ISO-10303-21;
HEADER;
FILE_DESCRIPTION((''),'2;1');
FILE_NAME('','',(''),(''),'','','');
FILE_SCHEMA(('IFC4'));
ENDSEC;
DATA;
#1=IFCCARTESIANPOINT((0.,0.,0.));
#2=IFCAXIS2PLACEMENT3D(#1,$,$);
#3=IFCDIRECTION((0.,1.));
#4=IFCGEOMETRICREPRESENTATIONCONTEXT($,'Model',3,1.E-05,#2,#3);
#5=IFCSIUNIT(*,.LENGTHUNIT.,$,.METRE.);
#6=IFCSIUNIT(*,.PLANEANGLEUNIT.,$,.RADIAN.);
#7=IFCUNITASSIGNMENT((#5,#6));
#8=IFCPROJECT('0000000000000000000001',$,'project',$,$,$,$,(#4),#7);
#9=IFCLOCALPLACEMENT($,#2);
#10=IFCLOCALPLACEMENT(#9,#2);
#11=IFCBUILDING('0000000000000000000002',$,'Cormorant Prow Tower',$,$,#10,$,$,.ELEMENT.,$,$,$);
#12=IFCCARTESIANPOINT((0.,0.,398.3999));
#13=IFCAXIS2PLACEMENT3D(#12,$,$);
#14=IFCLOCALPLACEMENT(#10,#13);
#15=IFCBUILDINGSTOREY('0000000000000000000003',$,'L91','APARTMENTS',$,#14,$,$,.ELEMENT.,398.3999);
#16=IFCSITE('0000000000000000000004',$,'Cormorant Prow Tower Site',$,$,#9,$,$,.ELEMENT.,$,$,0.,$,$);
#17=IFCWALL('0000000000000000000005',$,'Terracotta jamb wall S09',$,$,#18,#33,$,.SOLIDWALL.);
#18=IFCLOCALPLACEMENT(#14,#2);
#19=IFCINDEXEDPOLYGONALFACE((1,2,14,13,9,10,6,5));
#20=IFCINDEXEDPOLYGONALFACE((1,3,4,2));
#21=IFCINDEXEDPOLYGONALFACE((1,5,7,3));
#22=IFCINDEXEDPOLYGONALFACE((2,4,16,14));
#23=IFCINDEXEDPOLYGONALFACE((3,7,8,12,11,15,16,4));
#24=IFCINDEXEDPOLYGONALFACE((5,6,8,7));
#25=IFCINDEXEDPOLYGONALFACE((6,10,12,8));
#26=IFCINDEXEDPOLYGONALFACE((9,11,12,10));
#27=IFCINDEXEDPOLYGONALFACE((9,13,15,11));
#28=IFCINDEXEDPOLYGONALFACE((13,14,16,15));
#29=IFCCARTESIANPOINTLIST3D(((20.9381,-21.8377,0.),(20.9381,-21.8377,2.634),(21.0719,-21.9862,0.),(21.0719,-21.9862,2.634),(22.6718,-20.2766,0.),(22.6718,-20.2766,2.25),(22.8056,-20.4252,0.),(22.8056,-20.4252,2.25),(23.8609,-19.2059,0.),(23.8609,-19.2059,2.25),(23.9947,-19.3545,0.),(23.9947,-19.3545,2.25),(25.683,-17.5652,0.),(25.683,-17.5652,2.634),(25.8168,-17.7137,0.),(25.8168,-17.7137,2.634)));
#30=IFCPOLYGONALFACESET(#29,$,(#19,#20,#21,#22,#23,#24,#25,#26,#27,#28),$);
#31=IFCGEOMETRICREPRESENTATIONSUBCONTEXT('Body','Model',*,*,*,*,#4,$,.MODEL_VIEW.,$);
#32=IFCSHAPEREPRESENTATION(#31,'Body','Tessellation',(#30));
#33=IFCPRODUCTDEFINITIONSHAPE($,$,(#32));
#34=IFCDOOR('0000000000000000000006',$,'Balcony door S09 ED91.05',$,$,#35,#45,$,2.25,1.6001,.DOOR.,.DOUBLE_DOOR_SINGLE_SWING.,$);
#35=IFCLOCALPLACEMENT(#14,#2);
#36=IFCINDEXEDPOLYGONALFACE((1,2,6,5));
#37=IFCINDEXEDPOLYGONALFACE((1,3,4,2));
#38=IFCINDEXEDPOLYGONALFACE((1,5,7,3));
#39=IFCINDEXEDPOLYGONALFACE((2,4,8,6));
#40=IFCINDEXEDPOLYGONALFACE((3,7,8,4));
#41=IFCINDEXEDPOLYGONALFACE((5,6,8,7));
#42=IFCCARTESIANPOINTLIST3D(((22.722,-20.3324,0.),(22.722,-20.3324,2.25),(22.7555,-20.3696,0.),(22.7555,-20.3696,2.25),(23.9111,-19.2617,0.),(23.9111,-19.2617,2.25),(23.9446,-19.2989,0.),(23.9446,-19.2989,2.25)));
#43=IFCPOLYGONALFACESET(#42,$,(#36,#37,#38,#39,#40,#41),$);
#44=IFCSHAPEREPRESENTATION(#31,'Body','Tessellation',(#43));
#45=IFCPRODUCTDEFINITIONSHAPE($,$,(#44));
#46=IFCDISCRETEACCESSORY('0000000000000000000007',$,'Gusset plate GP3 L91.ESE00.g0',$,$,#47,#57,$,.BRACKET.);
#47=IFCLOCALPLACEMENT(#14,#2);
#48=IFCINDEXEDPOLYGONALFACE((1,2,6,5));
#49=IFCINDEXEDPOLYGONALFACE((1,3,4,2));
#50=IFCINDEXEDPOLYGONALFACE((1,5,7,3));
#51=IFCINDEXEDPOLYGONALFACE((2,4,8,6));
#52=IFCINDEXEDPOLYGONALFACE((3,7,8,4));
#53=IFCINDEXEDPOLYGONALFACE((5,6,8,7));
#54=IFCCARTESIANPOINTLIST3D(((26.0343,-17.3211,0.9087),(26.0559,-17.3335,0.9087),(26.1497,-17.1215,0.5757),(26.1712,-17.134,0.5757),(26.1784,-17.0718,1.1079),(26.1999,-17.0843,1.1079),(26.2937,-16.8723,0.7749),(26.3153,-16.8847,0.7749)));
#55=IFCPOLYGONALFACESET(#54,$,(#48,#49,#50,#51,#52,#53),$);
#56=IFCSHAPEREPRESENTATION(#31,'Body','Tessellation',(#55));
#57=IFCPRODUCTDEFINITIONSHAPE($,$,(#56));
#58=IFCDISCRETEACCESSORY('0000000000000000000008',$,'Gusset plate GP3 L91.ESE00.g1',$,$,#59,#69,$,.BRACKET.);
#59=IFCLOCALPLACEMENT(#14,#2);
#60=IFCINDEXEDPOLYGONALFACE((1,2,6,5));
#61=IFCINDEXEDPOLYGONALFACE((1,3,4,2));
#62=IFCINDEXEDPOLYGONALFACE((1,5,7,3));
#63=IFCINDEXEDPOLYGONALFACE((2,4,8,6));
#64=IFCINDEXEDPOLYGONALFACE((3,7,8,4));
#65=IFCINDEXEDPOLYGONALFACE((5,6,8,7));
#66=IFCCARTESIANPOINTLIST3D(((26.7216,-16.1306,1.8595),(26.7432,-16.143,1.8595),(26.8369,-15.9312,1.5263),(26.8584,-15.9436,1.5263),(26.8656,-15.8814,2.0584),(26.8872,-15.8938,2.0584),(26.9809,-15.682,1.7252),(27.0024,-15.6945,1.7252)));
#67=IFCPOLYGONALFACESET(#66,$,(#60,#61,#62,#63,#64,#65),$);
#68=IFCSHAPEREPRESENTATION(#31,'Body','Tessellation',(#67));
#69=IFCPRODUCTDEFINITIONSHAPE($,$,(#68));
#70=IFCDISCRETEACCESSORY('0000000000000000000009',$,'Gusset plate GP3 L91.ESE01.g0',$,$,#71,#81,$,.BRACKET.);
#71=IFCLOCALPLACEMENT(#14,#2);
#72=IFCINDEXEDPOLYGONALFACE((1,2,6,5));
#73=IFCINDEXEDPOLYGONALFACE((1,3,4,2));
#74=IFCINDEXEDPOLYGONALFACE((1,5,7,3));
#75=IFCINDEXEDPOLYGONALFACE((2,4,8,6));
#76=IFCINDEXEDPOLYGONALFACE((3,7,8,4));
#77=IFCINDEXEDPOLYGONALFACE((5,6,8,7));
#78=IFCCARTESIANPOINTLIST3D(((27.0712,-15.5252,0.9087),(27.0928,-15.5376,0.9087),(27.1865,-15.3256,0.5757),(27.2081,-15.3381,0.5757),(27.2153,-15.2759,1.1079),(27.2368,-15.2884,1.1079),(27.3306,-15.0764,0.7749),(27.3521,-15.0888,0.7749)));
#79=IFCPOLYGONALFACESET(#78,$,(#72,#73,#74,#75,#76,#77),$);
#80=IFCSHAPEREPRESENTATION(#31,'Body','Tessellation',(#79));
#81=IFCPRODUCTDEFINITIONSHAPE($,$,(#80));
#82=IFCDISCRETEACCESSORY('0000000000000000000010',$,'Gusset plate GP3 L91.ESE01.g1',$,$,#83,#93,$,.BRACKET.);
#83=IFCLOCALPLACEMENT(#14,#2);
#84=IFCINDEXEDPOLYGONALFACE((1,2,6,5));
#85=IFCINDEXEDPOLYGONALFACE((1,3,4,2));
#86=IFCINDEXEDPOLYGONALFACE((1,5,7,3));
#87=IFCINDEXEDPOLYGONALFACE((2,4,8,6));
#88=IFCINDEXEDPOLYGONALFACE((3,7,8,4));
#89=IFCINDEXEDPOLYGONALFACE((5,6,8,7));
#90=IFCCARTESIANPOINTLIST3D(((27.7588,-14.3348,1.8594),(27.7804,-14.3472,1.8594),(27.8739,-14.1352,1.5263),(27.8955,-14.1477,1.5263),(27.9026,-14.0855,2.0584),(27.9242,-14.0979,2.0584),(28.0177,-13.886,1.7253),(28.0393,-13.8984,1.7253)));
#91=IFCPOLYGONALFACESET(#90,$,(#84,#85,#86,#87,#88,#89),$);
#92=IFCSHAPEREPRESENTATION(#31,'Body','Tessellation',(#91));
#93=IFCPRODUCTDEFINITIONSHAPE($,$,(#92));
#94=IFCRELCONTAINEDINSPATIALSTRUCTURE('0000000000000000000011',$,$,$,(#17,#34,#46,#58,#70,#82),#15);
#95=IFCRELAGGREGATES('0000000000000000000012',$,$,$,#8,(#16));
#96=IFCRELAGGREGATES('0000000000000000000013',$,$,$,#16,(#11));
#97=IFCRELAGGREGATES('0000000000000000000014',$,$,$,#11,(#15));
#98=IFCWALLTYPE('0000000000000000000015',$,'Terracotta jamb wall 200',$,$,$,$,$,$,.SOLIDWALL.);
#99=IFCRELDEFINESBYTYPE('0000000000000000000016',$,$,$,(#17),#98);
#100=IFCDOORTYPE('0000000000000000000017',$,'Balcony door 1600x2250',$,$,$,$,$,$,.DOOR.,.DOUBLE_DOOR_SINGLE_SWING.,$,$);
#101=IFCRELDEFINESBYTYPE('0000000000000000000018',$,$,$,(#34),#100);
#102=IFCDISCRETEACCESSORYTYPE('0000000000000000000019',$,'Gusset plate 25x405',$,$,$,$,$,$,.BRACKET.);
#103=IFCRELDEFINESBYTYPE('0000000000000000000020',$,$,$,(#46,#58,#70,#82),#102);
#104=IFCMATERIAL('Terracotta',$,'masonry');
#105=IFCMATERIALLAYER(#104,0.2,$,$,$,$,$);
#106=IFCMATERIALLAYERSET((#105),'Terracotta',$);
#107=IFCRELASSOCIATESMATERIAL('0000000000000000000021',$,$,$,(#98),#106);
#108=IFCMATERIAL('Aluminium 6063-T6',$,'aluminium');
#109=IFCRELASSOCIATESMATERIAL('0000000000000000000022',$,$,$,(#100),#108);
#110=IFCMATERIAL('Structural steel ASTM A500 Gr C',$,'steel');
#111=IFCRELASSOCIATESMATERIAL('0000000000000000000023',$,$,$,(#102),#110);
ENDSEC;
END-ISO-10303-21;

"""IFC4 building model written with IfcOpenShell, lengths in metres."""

from ifc_helpers import new_model, si_unit, direction, frame, frame_2d, origin, origin_2d, place, context, subcontext, project, spatial, rectangle, extrude, material, layer, layer_set, material_profile, profile_set, type_object, element, fill, save


model = new_model("IFC4")

# Units and contexts
model_context = context("Model", 3, precision=1e-05, world=origin(), true_north=direction((0.0, 1.0)))
body_context = subcontext(model_context, "Body", "Model", "MODEL_VIEW")
ifc_project = project(units=[si_unit("LENGTHUNIT", "METRE"), si_unit("PLANEANGLEUNIT", "RADIAN")], contexts=[model_context])

# Site, building, storey
site_placement = place(None, origin())
site = spatial("IfcSite", under=ifc_project, at=site_placement, Name="Cormorant Prow Tower Site", CompositionType="ELEMENT", RefElevation=0.0)
building_placement = place(site_placement, origin())
building = spatial("IfcBuilding", under=site, at=building_placement, Name="Cormorant Prow Tower", CompositionType="ELEMENT")
storey_placement = place(building_placement, frame((0.0, 0.0, 398.3999)))
storey = spatial("IfcBuildingStorey", under=building, at=storey_placement, Name="L91", Description="APARTMENTS", CompositionType="ELEMENT", Elevation=398.3999)

# Wall, opening, door
ifc_material_1 = material(Name="Terracotta", Category="masonry")
ifc_layer_1 = layer(ifc_material_1, 0.2)
ifc_layer_set_1 = layer_set([ifc_layer_1], Name="Terracotta")
wall_type_1 = type_object("IfcWallType", Name="Terracotta jamb wall 200", PredefinedType="SOLIDWALL", material=ifc_layer_set_1)
wall_1_placement = place(storey_placement, frame((21.0051, -21.9119, 0.0), z_axis=(0.0, 0.0, 1.0), x_axis=(0.743133, 0.669144, 0.0)))
wall_1 = element("IfcWall", 1, at=wall_1_placement, inside=storey, type_object=wall_type_1, Name="Terracotta jamb wall S09", PredefinedType="SOLIDWALL", context=body_context, shape_type="SweptSolid", body=[
    extrude(rectangle(XDim=6.385, YDim=0.2, at=frame_2d((3.1924, 0.0))), origin(), (0.0, 0.0, 1.0), 2.634),
])
opening_1_placement = place(wall_1_placement, frame((2.3328, 0.0, 0.0)))
opening_1 = element("IfcOpeningElement", 2, at=opening_1_placement, cuts=wall_1, PredefinedType="OPENING", context=body_context, shape_type="SweptSolid", body=[
    extrude(rectangle(XDim=1.6001, YDim=2.25, at=frame_2d((0.8, 1.125))), frame((0.0, 0.1099, 0.0), z_axis=(0.0, -1.0, 0.0), x_axis=(1.0, 0.0, 0.0)), (0.0, 0.0, 1.0), 0.22),
])
ifc_material_2 = material(Name="Aluminium 6063-T6", Category="aluminium")
door_type = type_object("IfcDoorType", Name="Balcony door 1600x2250", OperationType="DOUBLE_DOOR_SINGLE_SWING", PredefinedType="DOOR", material=ifc_material_2)
door_placement = place(opening_1_placement, origin())
door = element("IfcDoor", 3, at=door_placement, inside=storey, type_object=door_type, Name="Balcony door S09 ED91.05", OperationType="DOUBLE_DOOR_SINGLE_SWING", OverallHeight=2.25, OverallWidth=1.6001, PredefinedType="DOOR", context=body_context, shape_type="SweptSolid", body=[
    extrude(rectangle(XDim=1.6001, YDim=2.25, at=frame_2d((0.8, 1.125))), frame((0.0, 0.0249, 0.0), z_axis=(0.0, -1.0, 0.0), x_axis=(1.0, 0.0, 0.0)), (0.0, 0.0, 1.0), 0.05),
])
fill(opening_1, door)

# Discrete accessories
ifc_material_3 = material(Name="Structural steel ASTM A500 Gr C", Category="steel")
ifc_material_profile_1 = material_profile(ifc_material_3, rectangle(XDim=0.0249, YDim=0.405, at=origin_2d()), Name="Gusset plate 25x405")
ifc_profile_set_1 = profile_set([ifc_material_profile_1], Name="Structural steel ASTM A500 Gr C")
discrete_accessory_type = type_object("IfcDiscreteAccessoryType", Name="Gusset plate 25x405", PredefinedType="BRACKET", material=ifc_profile_set_1)
discrete_accessory_1_placement = place(storey_placement, frame((26.2468, -16.9783, 0.9414), z_axis=(-0.411432, -0.711987, -0.569032), x_axis=(0.865832, -0.500334, 0.0)))
element("IfcDiscreteAccessory", 4, at=discrete_accessory_1_placement, inside=storey, type_object=discrete_accessory_type, Name="Gusset plate GP3 L91.ESE00.g0", PredefinedType="BRACKET", context=body_context, shape_type="SweptSolid", body=[
    extrude(rectangle(XDim=0.0249, YDim=0.405, at=origin_2d()), origin(), (0.0, 0.0, 1.0), 0.3501),
])
discrete_accessory_2_placement = place(storey_placement, frame((26.79, -16.0371, 1.6929), z_axis=(0.411596, 0.71227, 0.56856), x_axis=(-0.865832, 0.500334, 0.0)))
element("IfcDiscreteAccessory", 5, at=discrete_accessory_2_placement, inside=storey, type_object=discrete_accessory_type, Name="Gusset plate GP3 L91.ESE00.g1", PredefinedType="BRACKET", context=body_context, shape_type="SweptSolid", body=[
    extrude(rectangle(XDim=0.0249, YDim=0.405, at=origin_2d()), origin(), (0.0, 0.0, 1.0), 0.3499),
])
discrete_accessory_3_placement = place(storey_placement, frame((27.2837, -15.1824, 0.9414), z_axis=(-0.411432, -0.711987, -0.569032), x_axis=(0.865832, -0.500334, 0.0)))
element("IfcDiscreteAccessory", 6, at=discrete_accessory_3_placement, inside=storey, type_object=discrete_accessory_type, Name="Gusset plate GP3 L91.ESE01.g0", PredefinedType="BRACKET", context=body_context, shape_type="SweptSolid", body=[
    extrude(rectangle(XDim=0.0249, YDim=0.405, at=origin_2d()), origin(), (0.0, 0.0, 1.0), 0.3501),
])
discrete_accessory_4_placement = place(storey_placement, frame((27.8271, -14.2412, 1.6929), z_axis=(0.411016, 0.712474, 0.568723), x_axis=(-0.8662, 0.499698, 0.0)))
element("IfcDiscreteAccessory", 7, at=discrete_accessory_4_placement, inside=storey, type_object=discrete_accessory_type, Name="Gusset plate GP3 L91.ESE01.g1", PredefinedType="BRACKET", context=body_context, shape_type="SweptSolid", body=[
    extrude(rectangle(XDim=0.0249, YDim=0.405, at=origin_2d()), origin(), (0.0, 0.0, 1.0), 0.3499),
])

save(model, "model.ifc")
